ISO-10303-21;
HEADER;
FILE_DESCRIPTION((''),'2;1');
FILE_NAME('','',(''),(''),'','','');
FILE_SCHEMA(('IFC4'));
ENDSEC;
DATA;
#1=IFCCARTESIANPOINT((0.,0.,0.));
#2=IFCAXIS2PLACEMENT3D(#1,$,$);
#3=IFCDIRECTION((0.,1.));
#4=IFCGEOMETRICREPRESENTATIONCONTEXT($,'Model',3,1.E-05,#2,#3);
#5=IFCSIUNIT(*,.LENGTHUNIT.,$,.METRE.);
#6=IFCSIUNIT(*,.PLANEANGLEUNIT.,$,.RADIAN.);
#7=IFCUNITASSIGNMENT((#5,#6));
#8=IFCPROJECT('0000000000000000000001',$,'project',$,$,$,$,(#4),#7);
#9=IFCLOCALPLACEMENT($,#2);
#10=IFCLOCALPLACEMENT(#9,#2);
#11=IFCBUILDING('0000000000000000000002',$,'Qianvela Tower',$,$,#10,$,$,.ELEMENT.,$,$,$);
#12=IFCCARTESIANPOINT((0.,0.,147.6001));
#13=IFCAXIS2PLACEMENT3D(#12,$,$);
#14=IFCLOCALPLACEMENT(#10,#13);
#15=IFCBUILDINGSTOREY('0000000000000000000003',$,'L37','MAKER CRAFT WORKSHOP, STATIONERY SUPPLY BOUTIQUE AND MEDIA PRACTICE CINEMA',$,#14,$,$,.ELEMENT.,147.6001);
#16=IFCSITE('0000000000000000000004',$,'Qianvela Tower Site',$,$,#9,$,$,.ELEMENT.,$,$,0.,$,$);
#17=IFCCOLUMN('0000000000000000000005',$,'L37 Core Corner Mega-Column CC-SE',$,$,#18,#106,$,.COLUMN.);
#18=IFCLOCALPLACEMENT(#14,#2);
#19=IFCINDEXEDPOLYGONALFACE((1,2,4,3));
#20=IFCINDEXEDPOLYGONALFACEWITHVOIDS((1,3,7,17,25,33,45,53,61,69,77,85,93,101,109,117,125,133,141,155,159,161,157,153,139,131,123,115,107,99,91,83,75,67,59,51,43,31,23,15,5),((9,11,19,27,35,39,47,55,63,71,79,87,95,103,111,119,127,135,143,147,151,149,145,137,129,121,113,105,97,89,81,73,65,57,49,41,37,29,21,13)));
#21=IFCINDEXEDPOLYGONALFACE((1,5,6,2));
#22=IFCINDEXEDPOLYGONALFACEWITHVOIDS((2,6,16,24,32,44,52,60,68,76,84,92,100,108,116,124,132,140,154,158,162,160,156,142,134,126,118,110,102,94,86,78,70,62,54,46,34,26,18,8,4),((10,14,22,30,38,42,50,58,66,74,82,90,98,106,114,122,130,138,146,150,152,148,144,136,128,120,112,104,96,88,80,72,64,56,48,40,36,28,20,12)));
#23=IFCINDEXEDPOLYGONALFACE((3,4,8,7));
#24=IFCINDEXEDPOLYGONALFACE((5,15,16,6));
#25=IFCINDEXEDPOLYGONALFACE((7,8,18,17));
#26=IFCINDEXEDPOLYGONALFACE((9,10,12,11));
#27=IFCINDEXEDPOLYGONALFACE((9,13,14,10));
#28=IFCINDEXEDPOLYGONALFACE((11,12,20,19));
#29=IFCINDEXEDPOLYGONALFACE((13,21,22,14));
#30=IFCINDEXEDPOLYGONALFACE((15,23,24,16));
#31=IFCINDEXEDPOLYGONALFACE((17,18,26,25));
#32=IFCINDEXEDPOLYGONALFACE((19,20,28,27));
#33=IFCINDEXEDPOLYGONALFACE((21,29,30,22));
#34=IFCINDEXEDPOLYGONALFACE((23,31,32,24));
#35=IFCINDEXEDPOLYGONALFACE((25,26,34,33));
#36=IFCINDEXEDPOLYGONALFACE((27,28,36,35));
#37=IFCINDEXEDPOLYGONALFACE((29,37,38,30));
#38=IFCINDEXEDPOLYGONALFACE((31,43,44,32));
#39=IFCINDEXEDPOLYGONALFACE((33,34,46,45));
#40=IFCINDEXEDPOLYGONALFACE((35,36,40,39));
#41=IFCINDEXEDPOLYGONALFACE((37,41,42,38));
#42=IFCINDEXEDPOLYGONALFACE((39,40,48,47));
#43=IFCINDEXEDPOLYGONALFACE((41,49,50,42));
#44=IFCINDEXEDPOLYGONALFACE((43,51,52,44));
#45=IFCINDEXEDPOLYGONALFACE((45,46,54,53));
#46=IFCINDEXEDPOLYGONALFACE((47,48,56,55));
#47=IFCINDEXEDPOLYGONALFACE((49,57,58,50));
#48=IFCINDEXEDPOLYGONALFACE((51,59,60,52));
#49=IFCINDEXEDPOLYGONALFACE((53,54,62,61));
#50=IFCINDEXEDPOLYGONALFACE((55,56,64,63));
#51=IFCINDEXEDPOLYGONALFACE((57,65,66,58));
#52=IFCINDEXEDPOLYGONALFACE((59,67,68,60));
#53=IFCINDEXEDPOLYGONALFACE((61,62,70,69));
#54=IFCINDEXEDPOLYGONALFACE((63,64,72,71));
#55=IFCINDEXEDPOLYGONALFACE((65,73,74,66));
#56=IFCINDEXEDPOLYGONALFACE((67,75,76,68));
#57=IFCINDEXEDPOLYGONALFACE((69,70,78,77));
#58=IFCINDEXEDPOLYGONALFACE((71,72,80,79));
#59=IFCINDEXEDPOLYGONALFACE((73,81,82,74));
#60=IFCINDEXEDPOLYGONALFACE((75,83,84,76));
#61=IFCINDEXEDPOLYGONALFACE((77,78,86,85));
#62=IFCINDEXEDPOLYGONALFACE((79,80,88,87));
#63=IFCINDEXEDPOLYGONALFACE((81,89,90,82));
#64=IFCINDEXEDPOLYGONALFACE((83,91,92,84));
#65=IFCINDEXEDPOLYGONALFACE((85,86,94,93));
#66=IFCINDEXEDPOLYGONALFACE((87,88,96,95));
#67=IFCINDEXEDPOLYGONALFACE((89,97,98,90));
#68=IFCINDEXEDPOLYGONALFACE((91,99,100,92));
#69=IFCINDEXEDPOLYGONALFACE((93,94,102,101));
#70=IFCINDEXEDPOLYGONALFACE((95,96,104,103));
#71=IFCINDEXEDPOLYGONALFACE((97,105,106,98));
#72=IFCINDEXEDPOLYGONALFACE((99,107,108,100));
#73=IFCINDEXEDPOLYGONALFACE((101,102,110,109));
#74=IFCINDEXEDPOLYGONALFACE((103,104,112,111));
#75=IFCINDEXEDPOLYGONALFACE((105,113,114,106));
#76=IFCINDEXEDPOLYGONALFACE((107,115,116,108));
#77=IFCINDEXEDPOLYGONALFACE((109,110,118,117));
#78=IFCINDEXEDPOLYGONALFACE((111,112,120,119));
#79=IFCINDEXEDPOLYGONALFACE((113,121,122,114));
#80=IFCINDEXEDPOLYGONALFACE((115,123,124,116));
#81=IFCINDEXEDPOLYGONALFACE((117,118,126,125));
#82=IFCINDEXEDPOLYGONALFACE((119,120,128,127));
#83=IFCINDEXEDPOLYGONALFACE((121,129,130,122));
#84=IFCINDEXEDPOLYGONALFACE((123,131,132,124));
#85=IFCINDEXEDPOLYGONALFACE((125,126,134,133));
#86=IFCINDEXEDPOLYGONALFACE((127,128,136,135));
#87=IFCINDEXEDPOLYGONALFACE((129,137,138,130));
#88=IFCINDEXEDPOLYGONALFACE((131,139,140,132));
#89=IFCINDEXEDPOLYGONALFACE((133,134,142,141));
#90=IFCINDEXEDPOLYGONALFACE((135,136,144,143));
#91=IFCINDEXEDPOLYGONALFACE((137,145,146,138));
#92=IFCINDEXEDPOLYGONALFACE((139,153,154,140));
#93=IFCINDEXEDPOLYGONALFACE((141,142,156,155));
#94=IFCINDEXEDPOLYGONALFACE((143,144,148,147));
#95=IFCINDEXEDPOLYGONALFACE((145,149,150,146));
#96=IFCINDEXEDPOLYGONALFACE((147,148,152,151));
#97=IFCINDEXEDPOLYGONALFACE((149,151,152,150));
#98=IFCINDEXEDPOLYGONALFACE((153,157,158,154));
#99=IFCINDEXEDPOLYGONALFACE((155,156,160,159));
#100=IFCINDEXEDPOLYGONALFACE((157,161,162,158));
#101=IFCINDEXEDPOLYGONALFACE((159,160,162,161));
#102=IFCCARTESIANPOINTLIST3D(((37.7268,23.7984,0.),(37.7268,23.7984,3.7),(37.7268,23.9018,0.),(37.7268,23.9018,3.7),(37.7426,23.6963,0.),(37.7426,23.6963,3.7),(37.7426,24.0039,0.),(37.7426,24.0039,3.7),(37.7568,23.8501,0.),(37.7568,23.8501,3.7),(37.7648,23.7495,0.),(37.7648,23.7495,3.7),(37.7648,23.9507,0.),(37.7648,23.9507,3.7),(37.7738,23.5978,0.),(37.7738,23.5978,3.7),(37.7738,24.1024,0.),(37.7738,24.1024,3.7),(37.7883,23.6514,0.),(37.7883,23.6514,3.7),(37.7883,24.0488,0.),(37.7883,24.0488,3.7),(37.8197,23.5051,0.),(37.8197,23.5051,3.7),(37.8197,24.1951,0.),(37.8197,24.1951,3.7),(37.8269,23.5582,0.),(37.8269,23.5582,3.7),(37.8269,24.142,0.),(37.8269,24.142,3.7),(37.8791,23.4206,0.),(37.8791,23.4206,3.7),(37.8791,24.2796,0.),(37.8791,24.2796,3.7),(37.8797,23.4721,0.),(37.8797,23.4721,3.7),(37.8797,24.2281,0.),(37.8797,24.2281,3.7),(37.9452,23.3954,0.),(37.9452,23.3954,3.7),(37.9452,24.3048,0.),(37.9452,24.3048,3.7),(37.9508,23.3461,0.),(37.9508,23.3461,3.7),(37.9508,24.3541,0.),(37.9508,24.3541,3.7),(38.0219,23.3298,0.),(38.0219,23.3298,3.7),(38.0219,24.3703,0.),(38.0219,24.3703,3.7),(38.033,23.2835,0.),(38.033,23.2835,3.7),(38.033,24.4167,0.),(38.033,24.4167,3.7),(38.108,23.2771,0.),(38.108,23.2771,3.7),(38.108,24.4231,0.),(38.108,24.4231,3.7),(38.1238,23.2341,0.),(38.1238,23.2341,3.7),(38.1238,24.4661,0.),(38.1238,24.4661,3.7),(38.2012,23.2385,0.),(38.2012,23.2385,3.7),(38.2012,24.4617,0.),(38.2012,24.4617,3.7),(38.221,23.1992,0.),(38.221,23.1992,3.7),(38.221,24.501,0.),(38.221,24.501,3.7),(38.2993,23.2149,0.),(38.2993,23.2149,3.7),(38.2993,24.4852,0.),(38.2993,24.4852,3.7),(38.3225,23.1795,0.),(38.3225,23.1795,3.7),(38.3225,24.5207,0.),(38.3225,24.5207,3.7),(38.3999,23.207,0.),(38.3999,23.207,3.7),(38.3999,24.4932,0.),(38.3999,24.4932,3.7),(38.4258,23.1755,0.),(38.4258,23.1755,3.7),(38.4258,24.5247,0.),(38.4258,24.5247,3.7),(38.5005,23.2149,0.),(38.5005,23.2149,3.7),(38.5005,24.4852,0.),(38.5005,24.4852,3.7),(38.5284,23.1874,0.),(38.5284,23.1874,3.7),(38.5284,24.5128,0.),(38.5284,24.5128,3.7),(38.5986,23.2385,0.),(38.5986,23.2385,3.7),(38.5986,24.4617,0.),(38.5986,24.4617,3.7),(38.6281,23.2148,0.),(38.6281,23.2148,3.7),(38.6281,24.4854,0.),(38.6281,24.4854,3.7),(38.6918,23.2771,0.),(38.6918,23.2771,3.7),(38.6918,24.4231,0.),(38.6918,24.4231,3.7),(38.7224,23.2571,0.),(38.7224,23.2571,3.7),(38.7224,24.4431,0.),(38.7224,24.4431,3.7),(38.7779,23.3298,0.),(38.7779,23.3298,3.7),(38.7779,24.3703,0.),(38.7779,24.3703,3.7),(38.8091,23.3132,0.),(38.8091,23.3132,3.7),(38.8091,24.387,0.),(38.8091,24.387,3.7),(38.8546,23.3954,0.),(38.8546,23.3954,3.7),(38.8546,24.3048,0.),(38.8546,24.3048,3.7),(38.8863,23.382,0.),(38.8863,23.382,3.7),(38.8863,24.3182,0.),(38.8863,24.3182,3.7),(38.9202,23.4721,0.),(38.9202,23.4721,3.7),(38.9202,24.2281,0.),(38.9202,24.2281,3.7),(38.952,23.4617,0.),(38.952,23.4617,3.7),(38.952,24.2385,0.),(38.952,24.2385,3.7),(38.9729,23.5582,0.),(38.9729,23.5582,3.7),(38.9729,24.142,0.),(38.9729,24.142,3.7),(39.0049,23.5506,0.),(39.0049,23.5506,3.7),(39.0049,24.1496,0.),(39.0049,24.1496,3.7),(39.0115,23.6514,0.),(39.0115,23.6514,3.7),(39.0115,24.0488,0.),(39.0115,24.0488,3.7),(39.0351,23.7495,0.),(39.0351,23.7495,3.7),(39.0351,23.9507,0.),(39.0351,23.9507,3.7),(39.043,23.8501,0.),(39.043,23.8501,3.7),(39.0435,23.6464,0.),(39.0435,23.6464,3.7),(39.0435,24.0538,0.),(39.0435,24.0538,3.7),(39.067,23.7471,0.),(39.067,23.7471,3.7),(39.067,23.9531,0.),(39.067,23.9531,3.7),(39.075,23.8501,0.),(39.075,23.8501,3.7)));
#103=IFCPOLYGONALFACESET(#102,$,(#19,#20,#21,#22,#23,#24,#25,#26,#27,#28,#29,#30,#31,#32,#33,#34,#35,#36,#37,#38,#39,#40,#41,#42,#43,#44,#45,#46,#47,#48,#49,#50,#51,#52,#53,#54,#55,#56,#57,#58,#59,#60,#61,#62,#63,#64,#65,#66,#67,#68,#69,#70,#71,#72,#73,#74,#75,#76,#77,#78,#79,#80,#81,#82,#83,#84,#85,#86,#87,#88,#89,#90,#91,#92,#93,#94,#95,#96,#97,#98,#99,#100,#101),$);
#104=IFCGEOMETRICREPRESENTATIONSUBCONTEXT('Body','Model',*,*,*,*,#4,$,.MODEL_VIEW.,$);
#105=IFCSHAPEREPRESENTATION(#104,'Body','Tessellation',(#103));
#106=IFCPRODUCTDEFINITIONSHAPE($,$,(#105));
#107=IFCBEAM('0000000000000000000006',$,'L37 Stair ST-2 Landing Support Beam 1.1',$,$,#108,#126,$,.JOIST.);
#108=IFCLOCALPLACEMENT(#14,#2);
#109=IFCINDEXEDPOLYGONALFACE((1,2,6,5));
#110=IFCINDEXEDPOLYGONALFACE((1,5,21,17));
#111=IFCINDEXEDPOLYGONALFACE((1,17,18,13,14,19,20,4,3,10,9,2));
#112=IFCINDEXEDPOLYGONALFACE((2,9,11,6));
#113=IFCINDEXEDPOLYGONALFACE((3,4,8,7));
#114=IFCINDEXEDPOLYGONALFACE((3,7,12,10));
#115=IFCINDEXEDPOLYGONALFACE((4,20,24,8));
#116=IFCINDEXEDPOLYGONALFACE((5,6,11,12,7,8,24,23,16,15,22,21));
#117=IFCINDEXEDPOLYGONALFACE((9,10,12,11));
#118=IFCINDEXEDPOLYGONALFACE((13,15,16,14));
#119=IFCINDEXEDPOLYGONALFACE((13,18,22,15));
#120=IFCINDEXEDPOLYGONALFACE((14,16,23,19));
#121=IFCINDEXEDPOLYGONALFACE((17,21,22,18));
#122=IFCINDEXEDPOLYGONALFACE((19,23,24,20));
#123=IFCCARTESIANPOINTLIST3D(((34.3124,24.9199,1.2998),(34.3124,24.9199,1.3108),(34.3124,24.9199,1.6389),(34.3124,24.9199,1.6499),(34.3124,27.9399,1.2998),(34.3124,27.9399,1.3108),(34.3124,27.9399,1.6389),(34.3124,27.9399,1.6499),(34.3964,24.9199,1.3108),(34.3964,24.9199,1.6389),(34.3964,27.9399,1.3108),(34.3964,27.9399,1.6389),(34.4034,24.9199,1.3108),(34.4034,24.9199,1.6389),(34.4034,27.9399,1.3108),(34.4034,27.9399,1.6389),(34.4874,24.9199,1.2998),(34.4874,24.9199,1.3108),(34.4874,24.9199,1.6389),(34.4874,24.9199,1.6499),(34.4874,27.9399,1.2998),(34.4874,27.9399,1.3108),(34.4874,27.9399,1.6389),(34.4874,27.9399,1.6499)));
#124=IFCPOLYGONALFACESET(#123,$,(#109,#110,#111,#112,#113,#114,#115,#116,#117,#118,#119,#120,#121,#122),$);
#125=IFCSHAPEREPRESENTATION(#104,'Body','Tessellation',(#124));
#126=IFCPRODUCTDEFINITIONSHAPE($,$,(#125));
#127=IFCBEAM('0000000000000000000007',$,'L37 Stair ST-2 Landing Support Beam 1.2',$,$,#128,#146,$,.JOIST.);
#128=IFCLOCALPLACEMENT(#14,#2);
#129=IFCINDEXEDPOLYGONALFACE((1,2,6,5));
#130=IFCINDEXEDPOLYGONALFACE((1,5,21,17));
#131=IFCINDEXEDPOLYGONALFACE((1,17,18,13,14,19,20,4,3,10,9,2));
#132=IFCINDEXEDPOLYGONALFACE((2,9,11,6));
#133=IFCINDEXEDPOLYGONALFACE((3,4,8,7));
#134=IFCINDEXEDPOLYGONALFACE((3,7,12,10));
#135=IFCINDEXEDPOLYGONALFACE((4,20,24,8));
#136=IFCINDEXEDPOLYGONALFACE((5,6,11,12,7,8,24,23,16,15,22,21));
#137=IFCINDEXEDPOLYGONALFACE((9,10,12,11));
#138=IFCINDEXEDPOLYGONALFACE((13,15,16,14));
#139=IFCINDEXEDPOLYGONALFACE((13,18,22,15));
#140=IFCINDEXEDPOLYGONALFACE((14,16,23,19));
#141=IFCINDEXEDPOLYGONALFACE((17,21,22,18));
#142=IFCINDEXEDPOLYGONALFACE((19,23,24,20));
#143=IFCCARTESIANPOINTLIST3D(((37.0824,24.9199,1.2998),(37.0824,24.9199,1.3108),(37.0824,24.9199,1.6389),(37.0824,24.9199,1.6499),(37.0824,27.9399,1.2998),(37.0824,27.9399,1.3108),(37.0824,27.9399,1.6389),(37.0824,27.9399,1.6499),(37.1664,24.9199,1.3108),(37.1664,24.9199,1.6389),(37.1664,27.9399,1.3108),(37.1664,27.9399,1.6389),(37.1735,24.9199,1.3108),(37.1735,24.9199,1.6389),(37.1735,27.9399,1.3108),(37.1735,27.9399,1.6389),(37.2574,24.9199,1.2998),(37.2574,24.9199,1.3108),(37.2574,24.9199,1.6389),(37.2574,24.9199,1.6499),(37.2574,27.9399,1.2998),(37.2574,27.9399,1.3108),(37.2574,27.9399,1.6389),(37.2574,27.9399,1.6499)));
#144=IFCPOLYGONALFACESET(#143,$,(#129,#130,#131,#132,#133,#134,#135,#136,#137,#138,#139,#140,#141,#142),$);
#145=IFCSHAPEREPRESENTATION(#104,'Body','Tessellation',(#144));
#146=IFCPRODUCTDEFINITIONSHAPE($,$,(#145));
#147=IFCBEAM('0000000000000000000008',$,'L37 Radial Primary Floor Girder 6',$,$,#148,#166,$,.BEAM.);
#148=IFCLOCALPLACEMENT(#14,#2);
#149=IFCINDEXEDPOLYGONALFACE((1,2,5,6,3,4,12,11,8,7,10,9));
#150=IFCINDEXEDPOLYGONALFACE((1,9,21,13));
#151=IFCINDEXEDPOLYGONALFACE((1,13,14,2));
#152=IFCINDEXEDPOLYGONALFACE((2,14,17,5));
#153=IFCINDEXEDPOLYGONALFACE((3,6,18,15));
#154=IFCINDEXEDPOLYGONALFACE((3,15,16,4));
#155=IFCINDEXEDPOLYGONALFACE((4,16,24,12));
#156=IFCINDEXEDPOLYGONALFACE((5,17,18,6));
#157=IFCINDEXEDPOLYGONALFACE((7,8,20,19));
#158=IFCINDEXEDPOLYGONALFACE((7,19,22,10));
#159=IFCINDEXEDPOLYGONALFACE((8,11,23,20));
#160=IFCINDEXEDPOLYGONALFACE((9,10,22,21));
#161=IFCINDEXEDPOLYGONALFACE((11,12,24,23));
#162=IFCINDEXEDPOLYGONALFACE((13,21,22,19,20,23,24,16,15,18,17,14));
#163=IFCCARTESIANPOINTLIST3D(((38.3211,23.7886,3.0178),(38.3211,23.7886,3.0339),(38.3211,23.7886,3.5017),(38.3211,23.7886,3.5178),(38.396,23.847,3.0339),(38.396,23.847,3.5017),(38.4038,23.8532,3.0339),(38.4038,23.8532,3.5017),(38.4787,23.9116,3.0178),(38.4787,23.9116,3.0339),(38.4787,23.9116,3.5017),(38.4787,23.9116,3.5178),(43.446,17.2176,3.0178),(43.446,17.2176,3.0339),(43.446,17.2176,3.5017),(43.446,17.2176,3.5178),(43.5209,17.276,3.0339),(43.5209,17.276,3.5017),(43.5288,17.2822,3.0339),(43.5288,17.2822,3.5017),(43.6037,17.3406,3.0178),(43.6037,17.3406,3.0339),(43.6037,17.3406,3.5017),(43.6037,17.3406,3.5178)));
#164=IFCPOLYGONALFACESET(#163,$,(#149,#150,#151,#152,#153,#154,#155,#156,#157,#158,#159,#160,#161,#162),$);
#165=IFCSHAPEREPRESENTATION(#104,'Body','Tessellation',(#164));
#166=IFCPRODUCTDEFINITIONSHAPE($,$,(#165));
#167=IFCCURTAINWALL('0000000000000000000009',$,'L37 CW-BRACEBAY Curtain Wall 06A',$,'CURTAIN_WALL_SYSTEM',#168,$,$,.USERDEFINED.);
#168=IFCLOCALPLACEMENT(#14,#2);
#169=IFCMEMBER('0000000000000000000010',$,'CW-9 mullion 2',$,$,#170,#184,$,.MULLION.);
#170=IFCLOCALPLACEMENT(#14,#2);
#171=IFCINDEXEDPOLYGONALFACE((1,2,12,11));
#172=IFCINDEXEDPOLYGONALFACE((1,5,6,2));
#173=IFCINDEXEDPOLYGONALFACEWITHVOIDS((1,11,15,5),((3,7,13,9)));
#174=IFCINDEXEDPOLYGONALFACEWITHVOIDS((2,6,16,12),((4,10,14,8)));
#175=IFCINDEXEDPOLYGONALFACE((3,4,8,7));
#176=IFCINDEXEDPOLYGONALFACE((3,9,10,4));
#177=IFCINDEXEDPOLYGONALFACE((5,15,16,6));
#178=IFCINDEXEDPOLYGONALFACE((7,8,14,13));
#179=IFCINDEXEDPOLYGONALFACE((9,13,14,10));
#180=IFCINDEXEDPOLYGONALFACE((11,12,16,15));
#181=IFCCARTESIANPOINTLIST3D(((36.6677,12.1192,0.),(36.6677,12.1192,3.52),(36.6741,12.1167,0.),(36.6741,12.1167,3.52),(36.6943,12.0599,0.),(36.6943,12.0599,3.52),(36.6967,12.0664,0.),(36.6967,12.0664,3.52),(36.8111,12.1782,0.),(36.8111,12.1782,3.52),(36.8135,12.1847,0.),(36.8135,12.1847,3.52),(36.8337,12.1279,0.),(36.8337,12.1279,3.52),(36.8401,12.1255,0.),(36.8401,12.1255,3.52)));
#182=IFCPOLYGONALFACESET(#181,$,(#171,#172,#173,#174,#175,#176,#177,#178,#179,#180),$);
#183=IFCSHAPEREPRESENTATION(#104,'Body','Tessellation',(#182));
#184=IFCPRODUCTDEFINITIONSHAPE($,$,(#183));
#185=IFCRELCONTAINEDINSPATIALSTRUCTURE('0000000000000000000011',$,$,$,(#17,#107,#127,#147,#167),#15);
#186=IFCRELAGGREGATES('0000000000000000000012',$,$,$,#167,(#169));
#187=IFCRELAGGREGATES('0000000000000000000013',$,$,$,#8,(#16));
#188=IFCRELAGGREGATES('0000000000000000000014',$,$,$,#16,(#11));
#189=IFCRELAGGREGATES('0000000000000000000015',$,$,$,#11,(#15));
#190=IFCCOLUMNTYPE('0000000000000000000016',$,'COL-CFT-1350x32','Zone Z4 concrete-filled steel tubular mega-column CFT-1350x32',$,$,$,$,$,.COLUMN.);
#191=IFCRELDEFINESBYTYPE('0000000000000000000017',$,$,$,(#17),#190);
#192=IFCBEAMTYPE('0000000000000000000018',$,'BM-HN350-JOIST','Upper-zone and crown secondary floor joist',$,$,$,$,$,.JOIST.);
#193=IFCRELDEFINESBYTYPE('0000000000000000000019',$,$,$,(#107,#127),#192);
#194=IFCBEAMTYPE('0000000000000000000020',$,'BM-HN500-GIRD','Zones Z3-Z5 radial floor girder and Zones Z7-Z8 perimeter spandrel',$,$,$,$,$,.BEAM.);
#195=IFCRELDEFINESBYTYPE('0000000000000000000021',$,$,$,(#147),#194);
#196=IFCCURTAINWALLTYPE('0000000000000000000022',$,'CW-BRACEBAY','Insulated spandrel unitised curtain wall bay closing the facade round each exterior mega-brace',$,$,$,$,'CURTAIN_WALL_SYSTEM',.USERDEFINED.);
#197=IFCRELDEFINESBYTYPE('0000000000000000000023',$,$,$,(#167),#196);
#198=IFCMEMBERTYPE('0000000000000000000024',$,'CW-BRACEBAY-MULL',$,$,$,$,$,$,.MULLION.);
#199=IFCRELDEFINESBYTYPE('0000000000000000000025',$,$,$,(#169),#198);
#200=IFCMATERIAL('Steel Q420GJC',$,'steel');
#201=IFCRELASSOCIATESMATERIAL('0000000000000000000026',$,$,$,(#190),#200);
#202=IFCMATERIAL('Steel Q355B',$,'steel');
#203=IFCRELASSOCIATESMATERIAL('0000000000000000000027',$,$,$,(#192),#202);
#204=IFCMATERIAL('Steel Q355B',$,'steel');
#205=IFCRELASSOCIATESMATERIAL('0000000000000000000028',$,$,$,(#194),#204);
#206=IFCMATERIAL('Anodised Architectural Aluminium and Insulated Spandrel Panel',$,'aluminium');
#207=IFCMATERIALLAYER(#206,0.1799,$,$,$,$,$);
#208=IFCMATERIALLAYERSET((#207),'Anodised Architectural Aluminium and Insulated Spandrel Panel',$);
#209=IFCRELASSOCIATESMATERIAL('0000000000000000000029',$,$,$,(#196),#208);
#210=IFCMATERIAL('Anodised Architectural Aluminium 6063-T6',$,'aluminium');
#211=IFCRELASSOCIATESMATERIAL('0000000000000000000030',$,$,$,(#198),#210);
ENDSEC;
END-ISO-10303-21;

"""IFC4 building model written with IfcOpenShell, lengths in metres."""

from ifc_helpers import new_model, si_unit, direction, frame, origin, origin_2d, place, context, subcontext, project, spatial, hollow_rectangle, hollow_circle, i_section, extrude, material, layer, layer_set, material_profile, profile_set, type_object, element, aggregate, save


model = new_model("IFC4")

# Units and contexts
model_context = context("Model", 3, precision=1e-05, world=origin(), true_north=direction((0.0, 1.0)))
body_context = subcontext(model_context, "Body", "Model", "MODEL_VIEW")
ifc_project = project(units=[si_unit("LENGTHUNIT", "METRE"), si_unit("PLANEANGLEUNIT", "RADIAN")], contexts=[model_context])

# Site, building, storey
site_placement = place(None, origin())
site = spatial("IfcSite", under=ifc_project, at=site_placement, Name="Qianvela Tower Site", CompositionType="ELEMENT", RefElevation=0.0)
building_placement = place(site_placement, origin())
building = spatial("IfcBuilding", under=site, at=building_placement, Name="Qianvela Tower", CompositionType="ELEMENT")
storey_placement = place(building_placement, frame((0.0, 0.0, 147.6001)))
storey = spatial("IfcBuildingStorey", under=building, at=storey_placement, Name="L37", Description="MAKER CRAFT WORKSHOP, STATIONERY SUPPLY BOUTIQUE AND MEDIA PRACTICE CINEMA", CompositionType="ELEMENT", Elevation=147.6001)

# Column
ifc_material_1 = material(Name="Steel Q420GJC", Category="steel")
ifc_material_profile_1 = material_profile(ifc_material_1, hollow_circle(Radius=0.675, WallThickness=0.032, at=origin_2d()), Name="CFT-1350x32")
ifc_profile_set_1 = profile_set([ifc_material_profile_1], Name="Steel Q420GJC")
column_type = type_object("IfcColumnType", Name="COL-CFT-1350x32", Description="Zone Z4 concrete-filled steel tubular mega-column CFT-1350x32", PredefinedType="COLUMN", material=ifc_profile_set_1)
column_placement = place(storey_placement, frame((38.3999, 23.8501, 0.0), z_axis=(0.0, 0.0, 1.0), x_axis=(1.0, 0.0, 0.0)))
element("IfcColumn", 1, at=column_placement, inside=storey, type_object=column_type, Name="L37 Core Corner Mega-Column CC-SE", PredefinedType="COLUMN", context=body_context, shape_type="SweptSolid", body=[
    extrude(hollow_circle(Radius=0.675, WallThickness=0.032, at=origin_2d()), origin(), (0.0, 0.0, 1.0), 3.7),
])

# Beams
ifc_material_2 = material(Name="Steel Q355B", Category="steel")
ifc_material_profile_2 = material_profile(ifc_material_2, i_section(OverallWidth=0.175, OverallDepth=0.3501, WebThickness=0.0071, FlangeThickness=0.011, at=origin_2d()), Name="HN350x175x7x11")
ifc_profile_set_2 = profile_set([ifc_material_profile_2], Name="Steel Q355B")
beam_type_1 = type_object("IfcBeamType", Name="BM-HN350-JOIST", Description="Upper-zone and crown secondary floor joist", PredefinedType="JOIST", material=ifc_profile_set_2)
for number, where, z_axis, x_axis, name in (
    (2, (34.3999, 24.9199, 1.4749), (0.0, 1.0, 0.0), (-1.0, 0.0, 0.0), "L37 Stair ST-2 Landing Support Beam 1.1"),
    (3, (37.1699, 24.9199, 1.4749), (0.0, 1.0, 0.0), (-1.0, 0.0, 0.0), "L37 Stair ST-2 Landing Support Beam 1.2"),
):
    element("IfcBeam", number, at=place(storey_placement, frame(where, z_axis=z_axis, x_axis=x_axis)), inside=storey, type_object=beam_type_1, Name=name, PredefinedType="JOIST", context=body_context, shape_type="SweptSolid", body=[
        extrude(i_section(OverallWidth=0.175, OverallDepth=0.3501, WebThickness=0.0071, FlangeThickness=0.011, at=origin_2d()), origin(), (0.0, 0.0, 1.0), 3.02),
    ])
ifc_material_3 = material(Name="Steel Q355B", Category="steel")
ifc_material_profile_3 = material_profile(ifc_material_3, i_section(OverallWidth=0.2, OverallDepth=0.5, WebThickness=0.01, FlangeThickness=0.0161, at=origin_2d()), Name="HN500x200x10x16")
ifc_profile_set_3 = profile_set([ifc_material_profile_3], Name="Steel Q355B")
beam_type_2 = type_object("IfcBeamType", Name="BM-HN500-GIRD", Description="Zones Z3-Z5 radial floor girder and Zones Z7-Z8 perimeter spandrel", PredefinedType="BEAM", material=ifc_profile_set_3)
beam_placement = place(storey_placement, frame((38.3999, 23.8501, 3.2678), z_axis=(0.615001, -0.788526, 0.0), x_axis=(0.788526, 0.615001, 0.0)))
element("IfcBeam", 4, at=beam_placement, inside=storey, type_object=beam_type_2, Name="L37 Radial Primary Floor Girder 6", PredefinedType="BEAM", context=body_context, shape_type="SweptSolid", body=[
    extrude(i_section(OverallWidth=0.2, OverallDepth=0.5, WebThickness=0.01, FlangeThickness=0.0161, at=origin_2d()), origin(), (0.0, 0.0, 1.0), 8.3333),
])

# Curtain wall, member
ifc_material_4 = material(Name="Anodised Architectural Aluminium and Insulated Spandrel Panel", Category="aluminium")
ifc_layer_1 = layer(ifc_material_4, 0.1799)
ifc_layer_set_1 = layer_set([ifc_layer_1], Name="Anodised Architectural Aluminium and Insulated Spandrel Panel")
curtain_wall_type = type_object("IfcCurtainWallType", Name="CW-BRACEBAY", Description="Insulated spandrel unitised curtain wall bay closing the facade round each exterior mega-brace", ElementType="CURTAIN_WALL_SYSTEM", PredefinedType="USERDEFINED", material=ifc_layer_set_1)
curtain_wall_placement = place(storey_placement, origin())
curtain_wall = element("IfcCurtainWall", 5, at=curtain_wall_placement, inside=storey, type_object=curtain_wall_type, Name="L37 CW-BRACEBAY Curtain Wall 06A", ObjectType="CURTAIN_WALL_SYSTEM", PredefinedType="USERDEFINED")
ifc_material_5 = material(Name="Anodised Architectural Aluminium 6063-T6", Category="aluminium")
ifc_material_profile_4 = material_profile(ifc_material_5, hollow_rectangle(XDim=0.0649, YDim=0.1599, WallThickness=0.0049, at=origin_2d()), Name="ALU-MULL-65x160")
ifc_profile_set_4 = profile_set([ifc_material_profile_4], Name="Anodised Architectural Aluminium 6063-T6")
member_type_1 = type_object("IfcMemberType", Name="CW-BRACEBAY-MULL", PredefinedType="MULLION", material=ifc_profile_set_4)
member_1_placement = place(storey_placement, frame((36.7539, 12.1223, 0.0), z_axis=(0.0, 0.0, 1.0), x_axis=(-0.409813, 0.91217, 0.0)))
member_1 = element("IfcMember", 6, at=member_1_placement, type_object=member_type_1, Name="CW-9 mullion 2", PredefinedType="MULLION", context=body_context, shape_type="SweptSolid", body=[
    extrude(hollow_rectangle(XDim=0.0649, YDim=0.1599, WallThickness=0.0049, at=origin_2d()), origin(), (0.0, 0.0, 1.0), 3.52),
])
aggregate(curtain_wall, [member_1])

save(model, "model.ifc")
